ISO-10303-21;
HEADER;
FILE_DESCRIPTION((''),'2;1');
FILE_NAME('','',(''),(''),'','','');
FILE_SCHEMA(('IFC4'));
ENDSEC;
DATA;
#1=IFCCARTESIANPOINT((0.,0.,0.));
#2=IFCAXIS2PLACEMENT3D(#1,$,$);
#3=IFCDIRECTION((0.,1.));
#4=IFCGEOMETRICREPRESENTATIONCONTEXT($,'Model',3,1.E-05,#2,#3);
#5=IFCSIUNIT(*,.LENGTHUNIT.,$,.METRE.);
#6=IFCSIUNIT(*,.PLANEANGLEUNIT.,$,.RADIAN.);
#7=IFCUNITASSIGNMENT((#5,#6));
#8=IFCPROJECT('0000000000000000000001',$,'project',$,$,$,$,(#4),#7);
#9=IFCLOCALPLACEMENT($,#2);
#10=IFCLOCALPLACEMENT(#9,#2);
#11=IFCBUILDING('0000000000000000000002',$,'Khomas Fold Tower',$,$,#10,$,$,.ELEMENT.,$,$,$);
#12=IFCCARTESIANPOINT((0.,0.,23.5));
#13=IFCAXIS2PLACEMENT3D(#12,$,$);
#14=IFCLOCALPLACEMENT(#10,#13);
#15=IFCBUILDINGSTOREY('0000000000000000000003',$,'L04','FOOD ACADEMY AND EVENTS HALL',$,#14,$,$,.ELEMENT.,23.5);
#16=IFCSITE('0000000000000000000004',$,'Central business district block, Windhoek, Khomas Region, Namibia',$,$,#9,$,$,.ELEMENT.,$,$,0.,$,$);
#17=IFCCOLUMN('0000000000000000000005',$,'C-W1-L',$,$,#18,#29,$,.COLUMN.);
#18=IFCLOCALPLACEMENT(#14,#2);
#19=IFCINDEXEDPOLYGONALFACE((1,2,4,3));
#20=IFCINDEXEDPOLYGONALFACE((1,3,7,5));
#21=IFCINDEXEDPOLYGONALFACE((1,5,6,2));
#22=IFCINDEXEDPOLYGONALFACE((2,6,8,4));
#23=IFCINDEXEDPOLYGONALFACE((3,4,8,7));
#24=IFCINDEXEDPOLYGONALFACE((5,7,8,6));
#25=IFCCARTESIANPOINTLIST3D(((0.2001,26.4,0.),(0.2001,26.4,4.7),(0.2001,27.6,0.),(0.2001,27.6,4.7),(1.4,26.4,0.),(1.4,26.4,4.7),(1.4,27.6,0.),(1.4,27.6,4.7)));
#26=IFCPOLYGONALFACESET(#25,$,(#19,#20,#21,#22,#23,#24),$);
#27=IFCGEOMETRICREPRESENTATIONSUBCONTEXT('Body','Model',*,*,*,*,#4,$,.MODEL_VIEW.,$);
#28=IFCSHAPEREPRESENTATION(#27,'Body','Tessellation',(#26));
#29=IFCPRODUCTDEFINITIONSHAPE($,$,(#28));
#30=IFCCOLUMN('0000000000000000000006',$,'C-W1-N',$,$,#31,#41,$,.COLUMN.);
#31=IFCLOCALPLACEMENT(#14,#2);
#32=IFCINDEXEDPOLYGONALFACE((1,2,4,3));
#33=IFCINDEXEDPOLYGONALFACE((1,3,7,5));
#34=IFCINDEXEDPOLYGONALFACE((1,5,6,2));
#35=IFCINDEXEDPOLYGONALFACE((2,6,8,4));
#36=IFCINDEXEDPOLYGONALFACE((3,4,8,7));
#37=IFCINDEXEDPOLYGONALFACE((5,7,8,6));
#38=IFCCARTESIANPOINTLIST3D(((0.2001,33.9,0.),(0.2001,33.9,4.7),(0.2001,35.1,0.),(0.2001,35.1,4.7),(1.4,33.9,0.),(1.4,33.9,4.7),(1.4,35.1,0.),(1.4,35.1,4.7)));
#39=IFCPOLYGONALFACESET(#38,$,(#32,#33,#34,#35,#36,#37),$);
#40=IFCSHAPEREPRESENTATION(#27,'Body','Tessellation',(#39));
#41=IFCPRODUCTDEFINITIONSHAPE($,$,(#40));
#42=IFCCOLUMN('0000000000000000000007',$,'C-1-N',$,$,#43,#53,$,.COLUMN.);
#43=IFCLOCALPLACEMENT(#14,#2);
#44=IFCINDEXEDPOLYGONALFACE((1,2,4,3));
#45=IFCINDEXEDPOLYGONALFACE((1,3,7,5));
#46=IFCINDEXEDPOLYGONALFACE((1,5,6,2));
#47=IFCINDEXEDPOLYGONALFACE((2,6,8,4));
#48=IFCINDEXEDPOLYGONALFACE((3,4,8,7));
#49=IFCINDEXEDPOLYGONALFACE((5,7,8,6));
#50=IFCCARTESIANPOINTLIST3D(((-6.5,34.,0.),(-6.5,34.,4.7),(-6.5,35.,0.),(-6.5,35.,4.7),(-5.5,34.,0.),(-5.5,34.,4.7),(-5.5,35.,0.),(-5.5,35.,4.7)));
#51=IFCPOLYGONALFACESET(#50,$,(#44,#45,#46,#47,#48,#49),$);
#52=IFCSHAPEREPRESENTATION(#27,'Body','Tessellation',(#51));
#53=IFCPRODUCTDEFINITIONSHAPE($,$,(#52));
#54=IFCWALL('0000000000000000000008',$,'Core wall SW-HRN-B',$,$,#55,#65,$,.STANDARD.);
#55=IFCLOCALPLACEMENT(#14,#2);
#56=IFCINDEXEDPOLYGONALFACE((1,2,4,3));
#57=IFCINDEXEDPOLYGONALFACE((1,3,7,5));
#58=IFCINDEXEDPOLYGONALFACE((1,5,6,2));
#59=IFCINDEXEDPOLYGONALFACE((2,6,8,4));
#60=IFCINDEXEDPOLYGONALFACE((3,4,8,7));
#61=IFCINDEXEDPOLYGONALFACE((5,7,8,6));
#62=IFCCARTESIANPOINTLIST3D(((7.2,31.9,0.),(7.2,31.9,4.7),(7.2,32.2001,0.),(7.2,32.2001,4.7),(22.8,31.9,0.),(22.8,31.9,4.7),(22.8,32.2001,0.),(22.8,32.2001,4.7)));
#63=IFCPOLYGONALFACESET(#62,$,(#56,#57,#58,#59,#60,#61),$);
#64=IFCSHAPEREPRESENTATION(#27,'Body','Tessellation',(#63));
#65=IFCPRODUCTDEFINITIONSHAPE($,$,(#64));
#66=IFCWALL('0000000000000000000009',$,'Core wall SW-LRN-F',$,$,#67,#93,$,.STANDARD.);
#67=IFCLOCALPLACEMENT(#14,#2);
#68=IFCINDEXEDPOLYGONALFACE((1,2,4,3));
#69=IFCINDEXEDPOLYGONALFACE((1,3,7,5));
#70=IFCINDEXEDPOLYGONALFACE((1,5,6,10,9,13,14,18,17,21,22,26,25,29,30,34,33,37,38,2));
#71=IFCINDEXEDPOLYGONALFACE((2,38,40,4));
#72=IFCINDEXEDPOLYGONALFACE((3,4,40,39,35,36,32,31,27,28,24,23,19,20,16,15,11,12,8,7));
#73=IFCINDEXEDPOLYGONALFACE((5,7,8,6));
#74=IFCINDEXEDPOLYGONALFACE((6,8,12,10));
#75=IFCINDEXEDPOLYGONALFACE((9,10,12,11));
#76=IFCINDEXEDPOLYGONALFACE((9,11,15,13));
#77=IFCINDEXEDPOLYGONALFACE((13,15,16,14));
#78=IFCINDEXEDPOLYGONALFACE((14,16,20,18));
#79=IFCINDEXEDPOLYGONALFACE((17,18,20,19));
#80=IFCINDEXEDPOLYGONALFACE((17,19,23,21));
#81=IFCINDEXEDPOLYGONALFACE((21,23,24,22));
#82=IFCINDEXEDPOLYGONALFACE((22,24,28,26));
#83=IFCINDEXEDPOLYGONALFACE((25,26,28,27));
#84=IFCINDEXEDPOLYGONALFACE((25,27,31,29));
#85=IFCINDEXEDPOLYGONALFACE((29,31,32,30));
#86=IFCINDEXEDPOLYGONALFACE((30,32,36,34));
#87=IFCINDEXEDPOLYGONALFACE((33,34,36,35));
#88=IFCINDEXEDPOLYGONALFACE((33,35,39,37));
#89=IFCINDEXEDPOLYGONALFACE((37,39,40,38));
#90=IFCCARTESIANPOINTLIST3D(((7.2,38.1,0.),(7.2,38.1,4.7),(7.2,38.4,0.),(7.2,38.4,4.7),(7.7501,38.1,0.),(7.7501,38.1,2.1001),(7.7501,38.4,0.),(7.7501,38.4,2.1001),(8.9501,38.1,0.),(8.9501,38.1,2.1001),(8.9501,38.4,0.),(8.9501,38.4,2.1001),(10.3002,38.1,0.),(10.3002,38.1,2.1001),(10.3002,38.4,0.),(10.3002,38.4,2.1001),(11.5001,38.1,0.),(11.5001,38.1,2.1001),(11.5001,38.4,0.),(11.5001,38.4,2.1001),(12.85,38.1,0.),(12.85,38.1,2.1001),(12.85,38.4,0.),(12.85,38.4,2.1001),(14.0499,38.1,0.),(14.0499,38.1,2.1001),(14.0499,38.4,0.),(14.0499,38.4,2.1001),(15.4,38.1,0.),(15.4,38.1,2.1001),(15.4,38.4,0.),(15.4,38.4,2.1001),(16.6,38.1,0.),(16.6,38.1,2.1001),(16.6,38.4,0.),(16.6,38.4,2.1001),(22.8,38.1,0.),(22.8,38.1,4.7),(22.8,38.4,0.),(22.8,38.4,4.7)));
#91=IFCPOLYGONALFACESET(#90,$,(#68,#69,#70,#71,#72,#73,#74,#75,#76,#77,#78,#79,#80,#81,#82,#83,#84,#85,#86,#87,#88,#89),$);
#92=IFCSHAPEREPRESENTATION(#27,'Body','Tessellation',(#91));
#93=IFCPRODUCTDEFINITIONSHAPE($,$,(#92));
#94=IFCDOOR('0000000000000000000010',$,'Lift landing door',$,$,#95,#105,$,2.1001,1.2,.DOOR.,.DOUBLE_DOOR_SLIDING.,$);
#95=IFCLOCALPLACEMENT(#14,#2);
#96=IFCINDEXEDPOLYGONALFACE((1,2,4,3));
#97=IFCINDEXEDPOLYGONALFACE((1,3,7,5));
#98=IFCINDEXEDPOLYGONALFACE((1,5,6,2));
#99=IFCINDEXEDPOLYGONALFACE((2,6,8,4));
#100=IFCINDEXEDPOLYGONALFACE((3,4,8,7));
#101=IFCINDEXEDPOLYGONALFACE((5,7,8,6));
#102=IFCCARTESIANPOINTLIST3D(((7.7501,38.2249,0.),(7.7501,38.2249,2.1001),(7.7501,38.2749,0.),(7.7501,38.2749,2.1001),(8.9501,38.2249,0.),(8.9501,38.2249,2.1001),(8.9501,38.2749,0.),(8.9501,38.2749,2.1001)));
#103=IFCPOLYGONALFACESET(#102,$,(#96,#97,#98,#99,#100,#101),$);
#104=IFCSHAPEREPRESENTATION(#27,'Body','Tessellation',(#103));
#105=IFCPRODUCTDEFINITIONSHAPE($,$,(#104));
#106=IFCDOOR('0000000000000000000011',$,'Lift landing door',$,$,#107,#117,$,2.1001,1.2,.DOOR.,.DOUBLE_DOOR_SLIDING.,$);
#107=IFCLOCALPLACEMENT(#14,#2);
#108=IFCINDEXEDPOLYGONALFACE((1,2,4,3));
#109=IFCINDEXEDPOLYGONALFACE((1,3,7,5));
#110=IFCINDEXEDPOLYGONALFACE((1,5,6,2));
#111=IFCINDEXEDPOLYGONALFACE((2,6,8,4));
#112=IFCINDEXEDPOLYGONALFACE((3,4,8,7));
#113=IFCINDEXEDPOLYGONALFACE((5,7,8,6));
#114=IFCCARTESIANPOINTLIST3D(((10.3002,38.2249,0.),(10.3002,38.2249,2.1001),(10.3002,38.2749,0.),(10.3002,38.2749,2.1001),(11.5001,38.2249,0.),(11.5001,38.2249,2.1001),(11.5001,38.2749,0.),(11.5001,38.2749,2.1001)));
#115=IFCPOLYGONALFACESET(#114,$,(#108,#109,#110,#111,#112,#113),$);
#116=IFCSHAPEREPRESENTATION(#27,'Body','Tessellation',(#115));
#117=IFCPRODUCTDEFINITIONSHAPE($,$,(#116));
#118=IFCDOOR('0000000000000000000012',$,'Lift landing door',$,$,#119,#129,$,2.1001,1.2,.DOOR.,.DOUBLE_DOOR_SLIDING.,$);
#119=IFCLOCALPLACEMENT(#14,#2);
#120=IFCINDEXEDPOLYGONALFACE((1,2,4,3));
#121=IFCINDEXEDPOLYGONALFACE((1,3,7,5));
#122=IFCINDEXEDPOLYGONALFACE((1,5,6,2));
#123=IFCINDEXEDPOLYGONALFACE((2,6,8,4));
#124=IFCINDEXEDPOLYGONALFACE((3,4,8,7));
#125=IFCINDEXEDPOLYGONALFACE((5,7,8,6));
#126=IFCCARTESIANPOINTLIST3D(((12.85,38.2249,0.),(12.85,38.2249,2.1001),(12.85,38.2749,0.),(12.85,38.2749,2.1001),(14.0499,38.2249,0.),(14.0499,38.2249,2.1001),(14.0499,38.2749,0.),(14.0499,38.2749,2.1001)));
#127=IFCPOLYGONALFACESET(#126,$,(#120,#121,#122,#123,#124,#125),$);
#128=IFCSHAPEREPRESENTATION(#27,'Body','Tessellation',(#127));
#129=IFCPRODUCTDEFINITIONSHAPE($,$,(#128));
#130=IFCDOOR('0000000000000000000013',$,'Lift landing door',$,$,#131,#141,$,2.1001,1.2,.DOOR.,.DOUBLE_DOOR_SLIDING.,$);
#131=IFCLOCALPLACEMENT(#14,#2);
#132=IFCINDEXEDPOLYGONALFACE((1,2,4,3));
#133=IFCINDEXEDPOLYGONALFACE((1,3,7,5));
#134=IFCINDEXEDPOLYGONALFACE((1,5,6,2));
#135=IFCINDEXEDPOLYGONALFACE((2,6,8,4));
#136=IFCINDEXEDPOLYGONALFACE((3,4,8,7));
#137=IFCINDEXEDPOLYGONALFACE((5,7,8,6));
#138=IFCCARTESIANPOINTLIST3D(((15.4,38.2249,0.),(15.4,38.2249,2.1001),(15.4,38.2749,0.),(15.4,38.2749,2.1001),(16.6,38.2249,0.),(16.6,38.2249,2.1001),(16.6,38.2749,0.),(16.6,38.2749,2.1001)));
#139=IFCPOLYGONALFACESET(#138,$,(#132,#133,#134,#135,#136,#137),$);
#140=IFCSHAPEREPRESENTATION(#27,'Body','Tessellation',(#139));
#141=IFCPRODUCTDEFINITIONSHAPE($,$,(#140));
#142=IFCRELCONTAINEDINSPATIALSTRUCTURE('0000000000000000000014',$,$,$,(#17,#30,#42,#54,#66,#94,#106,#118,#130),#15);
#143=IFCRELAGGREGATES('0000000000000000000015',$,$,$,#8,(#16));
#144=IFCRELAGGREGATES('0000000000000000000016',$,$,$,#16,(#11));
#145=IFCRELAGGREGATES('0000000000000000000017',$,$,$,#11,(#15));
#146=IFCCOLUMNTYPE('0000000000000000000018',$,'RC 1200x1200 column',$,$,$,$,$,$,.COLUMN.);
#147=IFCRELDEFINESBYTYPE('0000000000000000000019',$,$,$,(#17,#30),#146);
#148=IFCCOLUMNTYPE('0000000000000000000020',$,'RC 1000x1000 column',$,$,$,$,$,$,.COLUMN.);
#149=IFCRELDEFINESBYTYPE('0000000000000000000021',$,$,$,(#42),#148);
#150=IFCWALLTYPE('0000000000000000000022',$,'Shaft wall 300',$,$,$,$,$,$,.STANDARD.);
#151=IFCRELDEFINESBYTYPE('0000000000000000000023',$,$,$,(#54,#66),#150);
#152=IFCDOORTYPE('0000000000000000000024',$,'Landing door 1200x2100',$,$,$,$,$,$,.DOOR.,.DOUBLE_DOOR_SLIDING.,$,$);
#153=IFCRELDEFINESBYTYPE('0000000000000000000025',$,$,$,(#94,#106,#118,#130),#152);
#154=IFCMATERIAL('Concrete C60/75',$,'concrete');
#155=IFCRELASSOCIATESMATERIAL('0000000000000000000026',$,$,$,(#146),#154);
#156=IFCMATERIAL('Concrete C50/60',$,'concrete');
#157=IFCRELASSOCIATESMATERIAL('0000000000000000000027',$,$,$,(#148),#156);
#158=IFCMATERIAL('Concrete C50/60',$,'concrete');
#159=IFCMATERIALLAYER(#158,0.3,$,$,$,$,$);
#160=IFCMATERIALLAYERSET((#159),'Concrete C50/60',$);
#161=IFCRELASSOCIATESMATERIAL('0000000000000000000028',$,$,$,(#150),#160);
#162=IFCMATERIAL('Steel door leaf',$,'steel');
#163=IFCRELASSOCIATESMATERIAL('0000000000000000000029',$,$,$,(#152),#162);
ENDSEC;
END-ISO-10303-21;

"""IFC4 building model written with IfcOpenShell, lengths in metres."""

from ifc_helpers import new_model, si_unit, direction, frame, frame_2d, origin, origin_2d, place, context, subcontext, project, spatial, rectangle, extrude, source, transform, mapped, material, layer, layer_set, material_profile, profile_set, type_object, element, fill, save


model = new_model("IFC4")

# Units and contexts
model_context = context("Model", 3, precision=1e-05, world=origin(), true_north=direction((0.0, 1.0)))
body_context = subcontext(model_context, "Body", "Model", "MODEL_VIEW")
ifc_project = project(units=[si_unit("LENGTHUNIT", "METRE"), si_unit("PLANEANGLEUNIT", "RADIAN")], contexts=[model_context])

# Site, building, storey
site_placement = place(None, origin())
site = spatial("IfcSite", under=ifc_project, at=site_placement, Name="Central business district block, Windhoek, Khomas Region, Namibia", CompositionType="ELEMENT", RefElevation=0.0)
building_placement = place(site_placement, origin())
building = spatial("IfcBuilding", under=site, at=building_placement, Name="Khomas Fold Tower", CompositionType="ELEMENT")
storey_placement = place(building_placement, frame((0.0, 0.0, 23.5)))
storey = spatial("IfcBuildingStorey", under=building, at=storey_placement, Name="L04", Description="FOOD ACADEMY AND EVENTS HALL", CompositionType="ELEMENT", Elevation=23.5)

# Columns
ifc_material_1 = material(Name="Concrete C60/75", Category="concrete")
ifc_material_profile_1 = material_profile(ifc_material_1, rectangle(XDim=1.2, YDim=1.2, at=origin_2d()), Name="RC 1200x1200")
ifc_profile_set_1 = profile_set([ifc_material_profile_1], Name="Concrete C60/75")
column_type_1 = type_object("IfcColumnType", Name="RC 1200x1200 column", PredefinedType="COLUMN", material=ifc_profile_set_1)
shared_shape_1 = source(origin(), body_context, "Body", "SweptSolid", [
    extrude(rectangle(XDim=1.2, YDim=1.2, at=origin_2d()), origin(), (0.0, 0.0, 1.0), 4.7),
])
for number, where, z_axis, x_axis, name in (
    (1, (0.8, 27.0, 0.0), (0.0, 0.0, 1.0), (1.0, 0.0, 0.0), "C-W1-L"),
    (2, (0.8, 34.5, 0.0), (0.0, 0.0, 1.0), (1.0, 0.0, 0.0), "C-W1-N"),
):
    element("IfcColumn", number, at=place(storey_placement, frame(where, z_axis=z_axis, x_axis=x_axis)), inside=storey, type_object=column_type_1, Name=name, PredefinedType="COLUMN", context=body_context, shape_type="MappedRepresentation", body=[
        mapped(shared_shape_1, transform((0.0, 0.0, 0.0))),
    ])
ifc_material_2 = material(Name="Concrete C50/60", Category="concrete")
ifc_material_profile_2 = material_profile(ifc_material_2, rectangle(XDim=1.0, YDim=1.0, at=origin_2d()), Name="RC 1000x1000")
ifc_profile_set_2 = profile_set([ifc_material_profile_2], Name="Concrete C50/60")
column_type_2 = type_object("IfcColumnType", Name="RC 1000x1000 column", PredefinedType="COLUMN", material=ifc_profile_set_2)
shared_shape_2 = source(origin(), body_context, "Body", "SweptSolid", [
    extrude(rectangle(XDim=1.0, YDim=1.0, at=origin_2d()), origin(), (0.0, 0.0, 1.0), 4.7),
])
column_placement = place(storey_placement, frame((-6.0, 34.5, 0.0), z_axis=(0.0, 0.0, 1.0), x_axis=(1.0, 0.0, 0.0)))
element("IfcColumn", 3, at=column_placement, inside=storey, type_object=column_type_2, Name="C-1-N", PredefinedType="COLUMN", context=body_context, shape_type="MappedRepresentation", body=[
    mapped(shared_shape_2, transform((0.0, 0.0, 0.0))),
])

# Wall
ifc_material_3 = material(Name="Concrete C50/60", Category="concrete")
ifc_layer_1 = layer(ifc_material_3, 0.3)
ifc_layer_set_1 = layer_set([ifc_layer_1], Name="Concrete C50/60")
wall_type_1 = type_object("IfcWallType", Name="Shaft wall 300", PredefinedType="STANDARD", material=ifc_layer_set_1)
shared_shape_3 = source(origin(), body_context, "Body", "SweptSolid", [
    extrude(rectangle(XDim=15.6001, YDim=0.3, at=frame_2d((7.8, 0.0))), origin(), (0.0, 0.0, 1.0), 4.7),
])
wall_1_placement = place(storey_placement, frame((7.2, 32.05, 0.0), z_axis=(0.0, 0.0, 1.0), x_axis=(1.0, 0.0, 0.0)))
element("IfcWall", 4, at=wall_1_placement, inside=storey, type_object=wall_type_1, Name="Core wall SW-HRN-B", PredefinedType="STANDARD", context=body_context, shape_type="MappedRepresentation", body=[
    mapped(shared_shape_3, transform((0.0, 0.0, 0.0))),
])

# Wall, openings, doors
wall_2_placement = place(storey_placement, frame((7.2, 38.25, 0.0), z_axis=(0.0, 0.0, 1.0), x_axis=(1.0, 0.0, 0.0)))
wall_2 = element("IfcWall", 5, at=wall_2_placement, inside=storey, type_object=wall_type_1, Name="Core wall SW-LRN-F", PredefinedType="STANDARD", context=body_context, shape_type="MappedRepresentation", body=[
    mapped(shared_shape_3, transform((0.0, 0.0, 0.0))),
])
shared_shape_4 = source(origin(), body_context, "Body", "SweptSolid", [
    extrude(rectangle(XDim=1.2, YDim=2.1001, at=frame_2d((0.6001, 1.05))), frame((0.0, 0.1599, 0.0), z_axis=(0.0, -1.0, 0.0), x_axis=(1.0, 0.0, 0.0)), (0.0, 0.0, 1.0), 0.3201),
])
opening_1_placement = place(wall_2_placement, frame((0.55, 0.0, 0.0)))
opening_1 = element("IfcOpeningElement", 6, at=opening_1_placement, cuts=wall_2, PredefinedType="OPENING", context=body_context, shape_type="MappedRepresentation", body=[
    mapped(shared_shape_4, transform((0.0, 0.0, 0.0))),
])
opening_2_placement = place(wall_2_placement, frame((3.1001, 0.0, 0.0)))
opening_2 = element("IfcOpeningElement", 7, at=opening_2_placement, cuts=wall_2, PredefinedType="OPENING", context=body_context, shape_type="MappedRepresentation", body=[
    mapped(shared_shape_4, transform((0.0, 0.0, 0.0))),
])
opening_3_placement = place(wall_2_placement, frame((5.6499, 0.0, 0.0)))
opening_3 = element("IfcOpeningElement", 8, at=opening_3_placement, cuts=wall_2, PredefinedType="OPENING", context=body_context, shape_type="MappedRepresentation", body=[
    mapped(shared_shape_4, transform((0.0, 0.0, 0.0))),
])
opening_4_placement = place(wall_2_placement, frame((8.2, 0.0, 0.0)))
opening_4 = element("IfcOpeningElement", 9, at=opening_4_placement, cuts=wall_2, PredefinedType="OPENING", context=body_context, shape_type="MappedRepresentation", body=[
    mapped(shared_shape_4, transform((0.0, 0.0, 0.0))),
])
ifc_material_4 = material(Name="Steel door leaf", Category="steel")
door_type_1 = type_object("IfcDoorType", Name="Landing door 1200x2100", OperationType="DOUBLE_DOOR_SLIDING", PredefinedType="DOOR", material=ifc_material_4)
shared_shape_5 = source(origin(), body_context, "Body", "SweptSolid", [
    extrude(rectangle(XDim=1.2, YDim=2.1001, at=frame_2d((0.6001, 1.05))), frame((0.0, 0.0249, 0.0), z_axis=(0.0, -1.0, 0.0), x_axis=(1.0, 0.0, 0.0)), (0.0, 0.0, 1.0), 0.05),
])
door_1_placement = place(opening_1_placement, origin())
door_1 = element("IfcDoor", 10, at=door_1_placement, inside=storey, type_object=door_type_1, Name="Lift landing door", OperationType="DOUBLE_DOOR_SLIDING", OverallHeight=2.1001, OverallWidth=1.2, PredefinedType="DOOR", context=body_context, shape_type="MappedRepresentation", body=[
    mapped(shared_shape_5, transform((0.0, 0.0, 0.0))),
])
fill(opening_1, door_1)
door_2_placement = place(opening_2_placement, origin())
door_2 = element("IfcDoor", 11, at=door_2_placement, inside=storey, type_object=door_type_1, Name="Lift landing door", OperationType="DOUBLE_DOOR_SLIDING", OverallHeight=2.1001, OverallWidth=1.2, PredefinedType="DOOR", context=body_context, shape_type="MappedRepresentation", body=[
    mapped(shared_shape_5, transform((0.0, 0.0, 0.0))),
])
fill(opening_2, door_2)
door_3_placement = place(opening_3_placement, origin())
door_3 = element("IfcDoor", 12, at=door_3_placement, inside=storey, type_object=door_type_1, Name="Lift landing door", OperationType="DOUBLE_DOOR_SLIDING", OverallHeight=2.1001, OverallWidth=1.2, PredefinedType="DOOR", context=body_context, shape_type="MappedRepresentation", body=[
    mapped(shared_shape_5, transform((0.0, 0.0, 0.0))),
])
fill(opening_3, door_3)
door_4_placement = place(opening_4_placement, origin())
door_4 = element("IfcDoor", 13, at=door_4_placement, inside=storey, type_object=door_type_1, Name="Lift landing door", OperationType="DOUBLE_DOOR_SLIDING", OverallHeight=2.1001, OverallWidth=1.2, PredefinedType="DOOR", context=body_context, shape_type="MappedRepresentation", body=[
    mapped(shared_shape_5, transform((0.0, 0.0, 0.0))),
])
fill(opening_4, door_4)

save(model, "model.ifc")
